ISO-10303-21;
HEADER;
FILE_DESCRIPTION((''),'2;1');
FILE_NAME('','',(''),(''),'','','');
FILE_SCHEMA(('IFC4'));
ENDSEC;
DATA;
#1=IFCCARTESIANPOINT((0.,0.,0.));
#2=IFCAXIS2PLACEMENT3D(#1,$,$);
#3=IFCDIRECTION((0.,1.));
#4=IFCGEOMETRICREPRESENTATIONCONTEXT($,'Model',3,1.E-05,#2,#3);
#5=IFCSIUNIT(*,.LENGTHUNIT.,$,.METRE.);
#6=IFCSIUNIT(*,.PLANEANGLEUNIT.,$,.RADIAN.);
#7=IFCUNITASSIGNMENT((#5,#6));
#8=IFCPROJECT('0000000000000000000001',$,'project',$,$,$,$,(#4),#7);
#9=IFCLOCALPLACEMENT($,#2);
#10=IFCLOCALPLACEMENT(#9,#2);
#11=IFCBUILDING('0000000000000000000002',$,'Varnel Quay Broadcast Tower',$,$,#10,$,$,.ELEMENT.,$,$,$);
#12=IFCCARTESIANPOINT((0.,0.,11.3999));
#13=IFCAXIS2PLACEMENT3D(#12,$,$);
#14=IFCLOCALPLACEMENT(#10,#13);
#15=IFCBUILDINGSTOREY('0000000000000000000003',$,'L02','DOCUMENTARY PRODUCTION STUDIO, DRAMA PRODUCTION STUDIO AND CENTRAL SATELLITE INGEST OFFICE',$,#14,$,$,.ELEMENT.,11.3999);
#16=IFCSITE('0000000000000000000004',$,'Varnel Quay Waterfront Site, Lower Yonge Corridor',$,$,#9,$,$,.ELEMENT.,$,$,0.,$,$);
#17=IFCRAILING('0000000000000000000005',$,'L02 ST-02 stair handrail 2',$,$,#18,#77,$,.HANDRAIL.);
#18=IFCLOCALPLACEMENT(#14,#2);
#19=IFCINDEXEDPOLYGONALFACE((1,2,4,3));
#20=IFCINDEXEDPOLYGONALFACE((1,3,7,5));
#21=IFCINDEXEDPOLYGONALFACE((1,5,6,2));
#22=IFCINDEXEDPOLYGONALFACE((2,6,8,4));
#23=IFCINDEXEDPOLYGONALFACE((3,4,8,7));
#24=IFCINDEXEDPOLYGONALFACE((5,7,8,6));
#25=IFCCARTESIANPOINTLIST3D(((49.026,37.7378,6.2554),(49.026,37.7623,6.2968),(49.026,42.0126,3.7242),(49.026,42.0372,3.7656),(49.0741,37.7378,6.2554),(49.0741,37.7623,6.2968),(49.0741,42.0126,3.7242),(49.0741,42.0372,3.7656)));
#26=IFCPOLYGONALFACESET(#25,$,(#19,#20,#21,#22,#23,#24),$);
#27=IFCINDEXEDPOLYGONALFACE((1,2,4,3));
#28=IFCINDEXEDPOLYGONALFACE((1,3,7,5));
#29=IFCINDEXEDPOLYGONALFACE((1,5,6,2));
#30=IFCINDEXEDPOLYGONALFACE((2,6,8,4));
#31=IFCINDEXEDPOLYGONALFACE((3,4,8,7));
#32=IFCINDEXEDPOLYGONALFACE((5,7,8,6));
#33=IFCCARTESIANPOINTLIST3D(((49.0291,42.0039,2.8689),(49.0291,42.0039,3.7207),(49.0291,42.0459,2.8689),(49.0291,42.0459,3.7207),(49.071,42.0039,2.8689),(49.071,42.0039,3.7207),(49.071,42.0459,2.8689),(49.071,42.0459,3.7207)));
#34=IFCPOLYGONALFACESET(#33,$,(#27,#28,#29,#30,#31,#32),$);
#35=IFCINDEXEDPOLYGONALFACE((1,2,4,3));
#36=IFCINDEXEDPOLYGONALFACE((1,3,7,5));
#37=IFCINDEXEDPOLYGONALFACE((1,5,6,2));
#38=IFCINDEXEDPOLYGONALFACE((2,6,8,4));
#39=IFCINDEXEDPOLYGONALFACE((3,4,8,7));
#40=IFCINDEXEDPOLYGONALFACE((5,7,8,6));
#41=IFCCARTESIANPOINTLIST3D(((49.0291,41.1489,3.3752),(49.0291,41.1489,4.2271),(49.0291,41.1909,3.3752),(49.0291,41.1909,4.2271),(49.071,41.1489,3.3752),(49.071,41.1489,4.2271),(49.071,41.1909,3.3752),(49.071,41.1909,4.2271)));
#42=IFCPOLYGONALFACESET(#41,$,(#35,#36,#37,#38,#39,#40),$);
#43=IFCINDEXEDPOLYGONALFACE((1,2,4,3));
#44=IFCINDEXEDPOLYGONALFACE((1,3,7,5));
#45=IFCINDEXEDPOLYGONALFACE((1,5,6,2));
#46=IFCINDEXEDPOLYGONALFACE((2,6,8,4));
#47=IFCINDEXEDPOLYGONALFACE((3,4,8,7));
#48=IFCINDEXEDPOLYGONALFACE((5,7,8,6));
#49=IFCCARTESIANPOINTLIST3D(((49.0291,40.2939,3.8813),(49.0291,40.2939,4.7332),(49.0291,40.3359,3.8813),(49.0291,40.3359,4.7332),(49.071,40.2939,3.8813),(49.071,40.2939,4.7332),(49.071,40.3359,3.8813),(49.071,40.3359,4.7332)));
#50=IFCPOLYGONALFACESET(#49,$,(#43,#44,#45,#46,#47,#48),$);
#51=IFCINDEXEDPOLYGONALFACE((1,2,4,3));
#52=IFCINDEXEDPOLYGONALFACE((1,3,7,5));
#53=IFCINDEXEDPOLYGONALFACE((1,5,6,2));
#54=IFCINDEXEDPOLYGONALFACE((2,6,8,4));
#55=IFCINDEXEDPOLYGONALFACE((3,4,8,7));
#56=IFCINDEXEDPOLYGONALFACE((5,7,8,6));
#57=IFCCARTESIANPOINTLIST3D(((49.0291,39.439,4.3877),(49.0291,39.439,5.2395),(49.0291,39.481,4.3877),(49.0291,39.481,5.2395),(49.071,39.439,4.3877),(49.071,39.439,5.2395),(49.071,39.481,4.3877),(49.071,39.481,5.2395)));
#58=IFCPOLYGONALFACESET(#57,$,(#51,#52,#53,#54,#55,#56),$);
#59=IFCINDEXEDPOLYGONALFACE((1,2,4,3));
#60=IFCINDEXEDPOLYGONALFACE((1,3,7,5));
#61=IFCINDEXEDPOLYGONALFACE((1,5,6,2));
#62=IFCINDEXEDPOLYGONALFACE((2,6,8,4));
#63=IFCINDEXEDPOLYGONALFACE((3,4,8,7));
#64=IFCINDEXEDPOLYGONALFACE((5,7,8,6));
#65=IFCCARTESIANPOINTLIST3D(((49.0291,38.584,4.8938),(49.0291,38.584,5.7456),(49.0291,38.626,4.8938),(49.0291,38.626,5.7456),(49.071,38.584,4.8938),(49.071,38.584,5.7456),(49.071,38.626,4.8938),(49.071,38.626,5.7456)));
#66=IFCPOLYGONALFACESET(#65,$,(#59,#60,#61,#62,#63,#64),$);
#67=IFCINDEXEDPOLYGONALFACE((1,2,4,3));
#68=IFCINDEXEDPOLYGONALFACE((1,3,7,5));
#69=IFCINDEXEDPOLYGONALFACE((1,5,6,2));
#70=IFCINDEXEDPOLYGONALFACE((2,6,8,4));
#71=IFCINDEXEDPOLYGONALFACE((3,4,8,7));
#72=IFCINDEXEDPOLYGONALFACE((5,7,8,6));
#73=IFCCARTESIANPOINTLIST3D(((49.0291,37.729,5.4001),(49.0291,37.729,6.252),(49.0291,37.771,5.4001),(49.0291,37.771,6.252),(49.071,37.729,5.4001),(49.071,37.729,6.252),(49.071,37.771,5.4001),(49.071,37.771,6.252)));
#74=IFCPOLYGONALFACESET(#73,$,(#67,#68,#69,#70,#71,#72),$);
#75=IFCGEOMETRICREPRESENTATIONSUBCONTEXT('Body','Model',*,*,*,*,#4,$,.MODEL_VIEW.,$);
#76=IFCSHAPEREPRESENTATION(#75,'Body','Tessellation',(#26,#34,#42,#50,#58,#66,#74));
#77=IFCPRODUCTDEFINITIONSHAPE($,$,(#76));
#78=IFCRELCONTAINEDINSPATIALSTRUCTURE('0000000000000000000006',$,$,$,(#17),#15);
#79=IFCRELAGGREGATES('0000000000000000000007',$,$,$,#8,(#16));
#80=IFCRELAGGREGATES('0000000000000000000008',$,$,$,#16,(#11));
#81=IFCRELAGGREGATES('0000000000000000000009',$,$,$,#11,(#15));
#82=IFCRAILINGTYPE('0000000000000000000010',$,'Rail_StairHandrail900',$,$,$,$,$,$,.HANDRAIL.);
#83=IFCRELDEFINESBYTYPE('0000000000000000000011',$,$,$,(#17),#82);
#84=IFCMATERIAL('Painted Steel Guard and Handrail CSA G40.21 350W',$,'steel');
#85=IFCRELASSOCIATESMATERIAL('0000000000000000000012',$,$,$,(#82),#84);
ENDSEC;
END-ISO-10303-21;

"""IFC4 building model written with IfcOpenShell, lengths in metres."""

from ifc_helpers import new_model, si_unit, direction, frame, origin, origin_2d, place, context, subcontext, project, spatial, rectangle, extrude, material, type_object, element, save


model = new_model("IFC4")

# Units and contexts
model_context = context("Model", 3, precision=1e-05, world=origin(), true_north=direction((0.0, 1.0)))
body_context = subcontext(model_context, "Body", "Model", "MODEL_VIEW")
ifc_project = project(units=[si_unit("LENGTHUNIT", "METRE"), si_unit("PLANEANGLEUNIT", "RADIAN")], contexts=[model_context])

# Site, building, storey
site_placement = place(None, origin())
site = spatial("IfcSite", under=ifc_project, at=site_placement, Name="Varnel Quay Waterfront Site, Lower Yonge Corridor", CompositionType="ELEMENT", RefElevation=0.0)
building_placement = place(site_placement, origin())
building = spatial("IfcBuilding", under=site, at=building_placement, Name="Varnel Quay Broadcast Tower", CompositionType="ELEMENT")
storey_placement = place(building_placement, frame((0.0, 0.0, 11.3999)))
storey = spatial("IfcBuildingStorey", under=building, at=storey_placement, Name="L02", Description="DOCUMENTARY PRODUCTION STUDIO, DRAMA PRODUCTION STUDIO AND CENTRAL SATELLITE INGEST OFFICE", CompositionType="ELEMENT", Elevation=11.3999)

# Railing
ifc_material_1 = material(Name="Painted Steel Guard and Handrail CSA G40.21 350W", Category="steel")
railing_type_1 = type_object("IfcRailingType", Name="Rail_StairHandrail900", PredefinedType="HANDRAIL", material=ifc_material_1)
railing_1_placement = place(storey_placement, frame((49.05, 42.0249, 2.8689)))
element("IfcRailing", 1, at=railing_1_placement, inside=storey, type_object=railing_type_1, Name="L02 ST-02 stair handrail 2", PredefinedType="HANDRAIL", context=body_context, shape_type="SweptSolid", body=[
    extrude(rectangle(XDim=0.0481, YDim=0.0481, at=origin_2d()), frame((0.0, 0.0, 0.876), z_axis=(0.0, -0.86047, 0.509501), x_axis=(1.0, 0.0, 0.0)), (0.0, 0.0, 1.0), 4.968),
    extrude(rectangle(XDim=0.042, YDim=0.042, at=origin_2d()), origin(), (0.0, 0.0, 1.0), 0.8518),
    extrude(rectangle(XDim=0.042, YDim=0.042, at=origin_2d()), frame((0.0, -0.855, 0.5063)), (0.0, 0.0, 1.0), 0.8518),
    extrude(rectangle(XDim=0.042, YDim=0.042, at=origin_2d()), frame((0.0, -1.71, 1.0125)), (0.0, 0.0, 1.0), 0.8518),
    extrude(rectangle(XDim=0.042, YDim=0.042, at=origin_2d()), frame((0.0, -2.5649, 1.5188)), (0.0, 0.0, 1.0), 0.8518),
    extrude(rectangle(XDim=0.042, YDim=0.042, at=origin_2d()), frame((0.0, -3.4199, 2.0249)), (0.0, 0.0, 1.0), 0.8518),
    extrude(rectangle(XDim=0.042, YDim=0.042, at=origin_2d()), frame((0.0, -4.2749, 2.5312)), (0.0, 0.0, 1.0), 0.8518),
])

save(model, "model.ifc")
